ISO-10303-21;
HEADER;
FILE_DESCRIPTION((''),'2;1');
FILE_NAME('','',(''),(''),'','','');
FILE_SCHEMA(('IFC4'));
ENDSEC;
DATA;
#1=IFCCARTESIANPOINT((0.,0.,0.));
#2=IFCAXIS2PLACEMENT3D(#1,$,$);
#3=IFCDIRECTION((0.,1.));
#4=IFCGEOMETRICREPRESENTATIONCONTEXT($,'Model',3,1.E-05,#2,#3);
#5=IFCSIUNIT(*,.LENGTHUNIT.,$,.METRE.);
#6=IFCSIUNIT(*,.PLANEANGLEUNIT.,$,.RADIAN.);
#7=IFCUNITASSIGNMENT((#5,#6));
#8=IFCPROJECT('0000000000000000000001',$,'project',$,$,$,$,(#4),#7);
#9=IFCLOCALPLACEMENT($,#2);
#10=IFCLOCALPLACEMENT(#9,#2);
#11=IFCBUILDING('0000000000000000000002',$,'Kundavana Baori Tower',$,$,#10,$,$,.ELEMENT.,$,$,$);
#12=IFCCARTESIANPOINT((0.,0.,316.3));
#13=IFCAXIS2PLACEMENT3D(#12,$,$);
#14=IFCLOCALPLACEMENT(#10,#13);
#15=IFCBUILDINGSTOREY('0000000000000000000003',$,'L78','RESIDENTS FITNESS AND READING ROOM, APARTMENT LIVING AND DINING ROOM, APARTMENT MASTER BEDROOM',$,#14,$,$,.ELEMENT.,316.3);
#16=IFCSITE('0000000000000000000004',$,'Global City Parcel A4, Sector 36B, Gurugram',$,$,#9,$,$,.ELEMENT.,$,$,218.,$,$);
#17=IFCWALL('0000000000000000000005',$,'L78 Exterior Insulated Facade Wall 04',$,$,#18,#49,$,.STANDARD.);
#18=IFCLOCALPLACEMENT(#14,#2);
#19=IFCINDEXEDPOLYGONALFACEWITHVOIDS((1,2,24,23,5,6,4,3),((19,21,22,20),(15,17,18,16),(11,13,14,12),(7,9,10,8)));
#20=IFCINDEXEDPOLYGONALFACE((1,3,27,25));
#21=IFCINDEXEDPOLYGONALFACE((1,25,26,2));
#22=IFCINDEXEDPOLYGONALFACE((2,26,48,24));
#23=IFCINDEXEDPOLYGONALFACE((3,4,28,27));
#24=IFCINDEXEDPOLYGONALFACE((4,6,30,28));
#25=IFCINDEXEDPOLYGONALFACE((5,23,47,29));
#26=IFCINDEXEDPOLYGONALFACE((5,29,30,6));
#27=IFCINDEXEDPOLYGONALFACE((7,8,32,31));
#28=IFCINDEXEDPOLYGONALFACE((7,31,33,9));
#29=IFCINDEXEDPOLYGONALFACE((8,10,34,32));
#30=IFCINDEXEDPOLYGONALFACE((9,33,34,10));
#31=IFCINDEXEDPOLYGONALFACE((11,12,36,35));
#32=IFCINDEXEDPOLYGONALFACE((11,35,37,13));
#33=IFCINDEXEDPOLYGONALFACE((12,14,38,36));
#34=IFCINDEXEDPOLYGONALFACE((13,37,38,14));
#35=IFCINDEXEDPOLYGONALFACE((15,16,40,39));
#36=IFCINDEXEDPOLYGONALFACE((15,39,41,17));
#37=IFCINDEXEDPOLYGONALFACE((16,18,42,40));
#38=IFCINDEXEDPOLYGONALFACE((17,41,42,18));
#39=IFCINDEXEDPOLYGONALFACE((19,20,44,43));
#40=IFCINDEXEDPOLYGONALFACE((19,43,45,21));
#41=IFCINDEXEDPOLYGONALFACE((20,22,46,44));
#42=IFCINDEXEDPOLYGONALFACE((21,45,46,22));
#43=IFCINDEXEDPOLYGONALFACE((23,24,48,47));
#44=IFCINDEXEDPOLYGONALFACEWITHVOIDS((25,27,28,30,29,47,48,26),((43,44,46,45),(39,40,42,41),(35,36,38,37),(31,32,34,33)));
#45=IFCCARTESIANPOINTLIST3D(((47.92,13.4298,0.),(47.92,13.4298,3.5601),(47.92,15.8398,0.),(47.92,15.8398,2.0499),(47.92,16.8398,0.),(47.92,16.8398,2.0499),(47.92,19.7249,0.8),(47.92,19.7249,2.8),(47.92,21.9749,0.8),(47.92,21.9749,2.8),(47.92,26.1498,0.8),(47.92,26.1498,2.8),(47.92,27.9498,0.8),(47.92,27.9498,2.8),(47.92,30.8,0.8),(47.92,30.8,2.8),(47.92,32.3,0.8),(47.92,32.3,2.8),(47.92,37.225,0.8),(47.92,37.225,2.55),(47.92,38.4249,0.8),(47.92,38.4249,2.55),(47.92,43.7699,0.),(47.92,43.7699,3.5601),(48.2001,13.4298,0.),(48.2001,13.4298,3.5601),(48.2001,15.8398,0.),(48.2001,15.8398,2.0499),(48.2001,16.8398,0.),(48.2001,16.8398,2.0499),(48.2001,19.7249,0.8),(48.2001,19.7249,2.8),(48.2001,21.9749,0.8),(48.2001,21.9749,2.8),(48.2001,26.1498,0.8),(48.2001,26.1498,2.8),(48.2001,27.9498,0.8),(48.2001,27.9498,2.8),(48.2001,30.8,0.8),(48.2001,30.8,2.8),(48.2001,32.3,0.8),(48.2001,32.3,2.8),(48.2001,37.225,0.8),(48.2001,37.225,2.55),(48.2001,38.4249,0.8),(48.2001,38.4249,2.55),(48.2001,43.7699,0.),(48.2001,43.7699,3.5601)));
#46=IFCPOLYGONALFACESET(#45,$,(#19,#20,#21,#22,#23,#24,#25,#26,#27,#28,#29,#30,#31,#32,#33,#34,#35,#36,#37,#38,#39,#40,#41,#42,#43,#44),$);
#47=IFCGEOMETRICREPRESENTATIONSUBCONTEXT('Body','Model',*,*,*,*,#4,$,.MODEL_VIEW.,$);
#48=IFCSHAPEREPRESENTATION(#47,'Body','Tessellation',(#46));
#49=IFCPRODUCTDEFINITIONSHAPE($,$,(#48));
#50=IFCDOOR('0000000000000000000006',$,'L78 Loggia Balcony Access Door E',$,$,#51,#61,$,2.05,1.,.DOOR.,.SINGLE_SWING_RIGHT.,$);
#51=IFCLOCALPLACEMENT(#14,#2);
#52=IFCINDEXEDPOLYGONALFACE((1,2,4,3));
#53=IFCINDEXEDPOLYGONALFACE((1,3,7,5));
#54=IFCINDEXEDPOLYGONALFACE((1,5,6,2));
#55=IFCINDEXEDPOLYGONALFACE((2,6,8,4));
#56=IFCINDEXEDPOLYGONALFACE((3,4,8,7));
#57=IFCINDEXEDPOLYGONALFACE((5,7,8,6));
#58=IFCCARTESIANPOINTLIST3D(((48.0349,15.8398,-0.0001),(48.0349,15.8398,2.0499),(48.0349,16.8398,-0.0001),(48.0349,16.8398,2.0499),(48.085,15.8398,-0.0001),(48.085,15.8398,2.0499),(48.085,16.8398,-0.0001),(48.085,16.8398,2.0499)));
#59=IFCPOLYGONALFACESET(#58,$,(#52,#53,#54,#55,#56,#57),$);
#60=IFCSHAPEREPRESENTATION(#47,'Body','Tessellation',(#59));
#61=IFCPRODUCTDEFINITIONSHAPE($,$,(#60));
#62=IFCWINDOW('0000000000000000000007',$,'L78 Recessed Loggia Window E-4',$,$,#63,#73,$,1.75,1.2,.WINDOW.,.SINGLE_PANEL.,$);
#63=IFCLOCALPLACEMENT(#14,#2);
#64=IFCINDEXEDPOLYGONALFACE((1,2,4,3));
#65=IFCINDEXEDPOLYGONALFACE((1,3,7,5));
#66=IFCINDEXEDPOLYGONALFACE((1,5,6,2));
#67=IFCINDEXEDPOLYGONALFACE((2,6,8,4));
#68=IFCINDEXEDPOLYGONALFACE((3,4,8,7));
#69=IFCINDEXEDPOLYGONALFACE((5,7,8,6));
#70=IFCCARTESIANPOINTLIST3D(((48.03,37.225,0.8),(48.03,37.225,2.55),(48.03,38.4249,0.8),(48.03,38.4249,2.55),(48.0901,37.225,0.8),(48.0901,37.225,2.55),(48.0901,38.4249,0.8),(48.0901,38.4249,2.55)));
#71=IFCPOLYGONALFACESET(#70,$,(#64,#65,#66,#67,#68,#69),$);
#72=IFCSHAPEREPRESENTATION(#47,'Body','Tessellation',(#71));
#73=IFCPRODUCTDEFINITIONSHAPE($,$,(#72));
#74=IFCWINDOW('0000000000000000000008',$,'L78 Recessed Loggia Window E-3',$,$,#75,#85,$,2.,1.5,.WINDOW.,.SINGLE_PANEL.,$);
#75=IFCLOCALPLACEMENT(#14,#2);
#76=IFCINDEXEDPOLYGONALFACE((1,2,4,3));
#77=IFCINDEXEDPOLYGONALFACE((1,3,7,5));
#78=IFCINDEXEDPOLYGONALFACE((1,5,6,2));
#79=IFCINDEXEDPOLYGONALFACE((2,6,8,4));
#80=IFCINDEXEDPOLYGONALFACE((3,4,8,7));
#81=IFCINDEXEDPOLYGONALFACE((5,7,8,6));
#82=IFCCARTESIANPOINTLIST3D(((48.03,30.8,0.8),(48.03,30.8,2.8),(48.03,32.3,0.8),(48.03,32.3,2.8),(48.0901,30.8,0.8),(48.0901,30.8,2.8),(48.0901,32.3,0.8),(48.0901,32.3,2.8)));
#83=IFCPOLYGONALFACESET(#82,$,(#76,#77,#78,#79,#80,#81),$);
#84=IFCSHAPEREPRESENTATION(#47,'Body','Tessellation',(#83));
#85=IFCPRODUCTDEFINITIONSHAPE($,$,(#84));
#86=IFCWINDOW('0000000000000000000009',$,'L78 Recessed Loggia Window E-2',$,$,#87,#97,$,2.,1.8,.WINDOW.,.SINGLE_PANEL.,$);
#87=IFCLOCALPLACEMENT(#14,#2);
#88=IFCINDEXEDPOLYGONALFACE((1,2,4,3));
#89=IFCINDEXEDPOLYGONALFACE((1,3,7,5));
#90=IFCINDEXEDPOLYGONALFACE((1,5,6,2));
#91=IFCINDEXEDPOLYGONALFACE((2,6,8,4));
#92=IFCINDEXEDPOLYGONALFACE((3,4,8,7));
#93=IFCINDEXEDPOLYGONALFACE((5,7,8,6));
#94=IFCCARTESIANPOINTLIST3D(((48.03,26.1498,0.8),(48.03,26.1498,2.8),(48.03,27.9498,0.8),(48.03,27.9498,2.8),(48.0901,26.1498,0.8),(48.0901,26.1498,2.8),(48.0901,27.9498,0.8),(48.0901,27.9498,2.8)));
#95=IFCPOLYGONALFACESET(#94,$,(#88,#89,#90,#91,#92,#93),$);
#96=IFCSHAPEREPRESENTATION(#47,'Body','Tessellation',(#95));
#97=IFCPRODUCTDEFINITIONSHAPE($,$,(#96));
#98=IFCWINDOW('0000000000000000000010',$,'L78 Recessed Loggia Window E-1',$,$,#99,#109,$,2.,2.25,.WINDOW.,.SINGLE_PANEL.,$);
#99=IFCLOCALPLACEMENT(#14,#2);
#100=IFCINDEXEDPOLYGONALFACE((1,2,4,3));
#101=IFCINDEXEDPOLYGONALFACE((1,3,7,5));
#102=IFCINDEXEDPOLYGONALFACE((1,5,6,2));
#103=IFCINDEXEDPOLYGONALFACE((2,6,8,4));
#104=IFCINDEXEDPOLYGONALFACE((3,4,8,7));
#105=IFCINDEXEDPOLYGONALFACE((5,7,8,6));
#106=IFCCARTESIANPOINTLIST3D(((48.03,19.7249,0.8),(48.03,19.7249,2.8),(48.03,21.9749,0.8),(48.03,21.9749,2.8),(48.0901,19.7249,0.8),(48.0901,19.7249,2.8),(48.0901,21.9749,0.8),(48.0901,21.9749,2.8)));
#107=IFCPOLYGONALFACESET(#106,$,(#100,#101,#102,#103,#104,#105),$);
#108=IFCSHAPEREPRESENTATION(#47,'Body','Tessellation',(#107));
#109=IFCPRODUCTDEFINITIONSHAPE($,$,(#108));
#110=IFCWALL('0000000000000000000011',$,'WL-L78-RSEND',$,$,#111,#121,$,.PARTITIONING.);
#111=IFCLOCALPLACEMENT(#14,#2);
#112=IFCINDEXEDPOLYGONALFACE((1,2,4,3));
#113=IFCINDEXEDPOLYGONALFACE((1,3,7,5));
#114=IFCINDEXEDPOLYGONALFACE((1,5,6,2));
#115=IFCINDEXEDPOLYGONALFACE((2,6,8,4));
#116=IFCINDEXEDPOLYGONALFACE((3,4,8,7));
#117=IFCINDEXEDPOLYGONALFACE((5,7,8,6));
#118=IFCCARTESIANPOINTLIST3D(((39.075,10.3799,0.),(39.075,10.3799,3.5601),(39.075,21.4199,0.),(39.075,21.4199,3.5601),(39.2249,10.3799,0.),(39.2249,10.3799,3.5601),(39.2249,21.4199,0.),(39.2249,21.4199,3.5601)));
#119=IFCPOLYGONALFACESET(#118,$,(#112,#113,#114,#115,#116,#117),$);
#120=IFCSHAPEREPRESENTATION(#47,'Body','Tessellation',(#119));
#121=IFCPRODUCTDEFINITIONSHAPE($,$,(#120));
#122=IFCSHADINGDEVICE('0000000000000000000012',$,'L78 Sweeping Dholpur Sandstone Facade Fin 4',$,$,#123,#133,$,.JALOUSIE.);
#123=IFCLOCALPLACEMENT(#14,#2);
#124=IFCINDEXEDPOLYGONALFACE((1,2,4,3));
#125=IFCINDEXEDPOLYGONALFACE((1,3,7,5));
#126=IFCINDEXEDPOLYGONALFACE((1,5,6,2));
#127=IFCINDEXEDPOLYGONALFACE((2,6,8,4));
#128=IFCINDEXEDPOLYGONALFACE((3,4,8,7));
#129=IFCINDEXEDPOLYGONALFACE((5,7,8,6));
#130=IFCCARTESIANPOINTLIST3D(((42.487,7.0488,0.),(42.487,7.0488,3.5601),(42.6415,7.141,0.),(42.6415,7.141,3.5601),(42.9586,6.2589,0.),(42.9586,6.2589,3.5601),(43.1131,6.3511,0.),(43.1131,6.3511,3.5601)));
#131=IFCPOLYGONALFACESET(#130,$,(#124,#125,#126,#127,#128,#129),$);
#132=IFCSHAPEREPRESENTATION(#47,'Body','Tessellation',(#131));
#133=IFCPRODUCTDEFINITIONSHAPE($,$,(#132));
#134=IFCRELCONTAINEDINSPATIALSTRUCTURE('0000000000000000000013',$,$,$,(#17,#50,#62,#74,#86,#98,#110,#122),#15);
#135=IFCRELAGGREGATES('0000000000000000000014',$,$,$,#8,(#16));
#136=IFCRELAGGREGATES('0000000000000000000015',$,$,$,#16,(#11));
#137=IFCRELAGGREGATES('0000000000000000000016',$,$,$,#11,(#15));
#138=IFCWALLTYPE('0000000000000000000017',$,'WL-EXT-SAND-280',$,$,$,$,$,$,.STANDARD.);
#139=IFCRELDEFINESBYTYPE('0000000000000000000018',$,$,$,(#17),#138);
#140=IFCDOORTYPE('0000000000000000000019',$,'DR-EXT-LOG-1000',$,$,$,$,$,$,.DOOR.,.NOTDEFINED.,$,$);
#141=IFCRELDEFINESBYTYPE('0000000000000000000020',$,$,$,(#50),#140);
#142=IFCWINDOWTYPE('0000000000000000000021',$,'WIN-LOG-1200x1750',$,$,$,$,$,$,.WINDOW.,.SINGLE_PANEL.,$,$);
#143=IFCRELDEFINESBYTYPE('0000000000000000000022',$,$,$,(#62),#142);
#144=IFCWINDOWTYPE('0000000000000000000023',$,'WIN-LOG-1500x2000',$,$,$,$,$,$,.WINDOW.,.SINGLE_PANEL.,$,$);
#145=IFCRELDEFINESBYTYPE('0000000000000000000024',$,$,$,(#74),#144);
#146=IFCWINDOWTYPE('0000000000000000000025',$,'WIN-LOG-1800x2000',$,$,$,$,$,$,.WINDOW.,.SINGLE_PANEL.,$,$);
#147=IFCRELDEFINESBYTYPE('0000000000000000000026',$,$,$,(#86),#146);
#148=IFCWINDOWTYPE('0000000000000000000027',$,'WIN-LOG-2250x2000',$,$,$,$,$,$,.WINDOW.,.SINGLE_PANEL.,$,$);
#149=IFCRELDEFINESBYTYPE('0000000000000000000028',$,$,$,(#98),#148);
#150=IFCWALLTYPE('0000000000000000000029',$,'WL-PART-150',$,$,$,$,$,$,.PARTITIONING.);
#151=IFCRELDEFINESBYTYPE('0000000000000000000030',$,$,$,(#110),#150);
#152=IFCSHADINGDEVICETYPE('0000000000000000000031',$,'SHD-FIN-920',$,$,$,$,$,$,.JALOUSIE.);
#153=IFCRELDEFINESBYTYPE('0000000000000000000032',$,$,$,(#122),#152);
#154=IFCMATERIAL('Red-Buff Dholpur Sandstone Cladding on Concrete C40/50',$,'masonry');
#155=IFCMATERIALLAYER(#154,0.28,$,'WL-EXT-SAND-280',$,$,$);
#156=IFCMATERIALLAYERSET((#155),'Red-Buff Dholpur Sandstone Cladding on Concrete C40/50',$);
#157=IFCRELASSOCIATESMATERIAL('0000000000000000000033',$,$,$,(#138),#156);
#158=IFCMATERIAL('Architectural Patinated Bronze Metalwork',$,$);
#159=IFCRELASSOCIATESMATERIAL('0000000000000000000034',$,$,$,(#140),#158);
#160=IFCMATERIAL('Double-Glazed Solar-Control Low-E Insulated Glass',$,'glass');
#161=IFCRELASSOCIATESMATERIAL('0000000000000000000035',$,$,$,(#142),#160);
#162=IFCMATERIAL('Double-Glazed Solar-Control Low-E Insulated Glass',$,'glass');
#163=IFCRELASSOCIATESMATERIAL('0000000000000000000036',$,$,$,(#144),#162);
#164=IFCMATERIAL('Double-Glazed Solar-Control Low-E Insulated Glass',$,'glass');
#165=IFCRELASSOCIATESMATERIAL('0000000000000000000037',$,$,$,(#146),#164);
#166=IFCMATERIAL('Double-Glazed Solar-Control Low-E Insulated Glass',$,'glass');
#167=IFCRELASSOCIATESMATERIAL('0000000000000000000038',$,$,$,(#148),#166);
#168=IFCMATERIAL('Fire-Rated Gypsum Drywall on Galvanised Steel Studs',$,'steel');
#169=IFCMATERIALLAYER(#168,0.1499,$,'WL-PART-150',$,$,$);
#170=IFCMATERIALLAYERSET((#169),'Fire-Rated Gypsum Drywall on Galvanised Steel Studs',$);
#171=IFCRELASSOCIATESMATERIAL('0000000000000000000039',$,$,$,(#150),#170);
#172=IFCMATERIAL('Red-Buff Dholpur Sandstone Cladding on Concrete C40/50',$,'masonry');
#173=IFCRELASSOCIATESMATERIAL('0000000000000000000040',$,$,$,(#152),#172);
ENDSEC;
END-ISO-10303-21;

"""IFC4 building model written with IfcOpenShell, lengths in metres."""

from ifc_helpers import new_model, si_unit, direction, frame, frame_2d, origin, origin_2d, place, context, subcontext, project, spatial, rectangle, extrude, material, layer, layer_set, type_object, element, fill, save


model = new_model("IFC4")

# Units and contexts
model_context = context("Model", 3, precision=1e-05, world=origin(), true_north=direction((0.0, 1.0)))
body_context = subcontext(model_context, "Body", "Model", "MODEL_VIEW")
ifc_project = project(units=[si_unit("LENGTHUNIT", "METRE"), si_unit("PLANEANGLEUNIT", "RADIAN")], contexts=[model_context])

# Site, building, storey
site_placement = place(None, origin())
site = spatial("IfcSite", under=ifc_project, at=site_placement, Name="Global City Parcel A4, Sector 36B, Gurugram", CompositionType="ELEMENT", RefElevation=218.0)
building_placement = place(site_placement, origin())
building = spatial("IfcBuilding", under=site, at=building_placement, Name="Kundavana Baori Tower", CompositionType="ELEMENT")
storey_placement = place(building_placement, frame((0.0, 0.0, 316.3)))
storey = spatial("IfcBuildingStorey", under=building, at=storey_placement, Name="L78", Description="RESIDENTS FITNESS AND READING ROOM, APARTMENT LIVING AND DINING ROOM, APARTMENT MASTER BEDROOM", CompositionType="ELEMENT", Elevation=316.3)

# Shared definitions
ifc_material_1 = material(Name="Red-Buff Dholpur Sandstone Cladding on Concrete C40/50", Category="masonry")
ifc_layer_1 = layer(ifc_material_1, 0.28, Name="WL-EXT-SAND-280")
ifc_layer_set_1 = layer_set([ifc_layer_1], Name="Red-Buff Dholpur Sandstone Cladding on Concrete C40/50")
wall_type_1 = type_object("IfcWallType", Name="WL-EXT-SAND-280", PredefinedType="STANDARD", material=ifc_layer_set_1)

# Wall, openings, door, windows
wall_1_placement = place(storey_placement, frame((48.0601, 13.4299, 0.0), z_axis=(0.0, 0.0, 1.0), x_axis=(0.0, 1.0, 0.0)))
wall_1 = element("IfcWall", 1, at=wall_1_placement, inside=storey, type_object=wall_type_1, Name="L78 Exterior Insulated Facade Wall 04", PredefinedType="STANDARD", context=body_context, shape_type="SweptSolid", body=[
    extrude(rectangle(XDim=30.3401, YDim=0.28, at=frame_2d((15.1699, 0.0))), origin(), (0.0, 0.0, 1.0), 3.5601),
])
opening_1_placement = place(wall_1_placement, frame((2.4099, 0.0, 0.0)))
opening_1 = element("IfcOpeningElement", 2, at=opening_1_placement, cuts=wall_1, PredefinedType="OPENING", context=body_context, shape_type="SweptSolid", body=[
    extrude(rectangle(XDim=1.0, YDim=2.05, at=frame_2d((0.5, 1.0249))), frame((0.0, 0.1499, 0.0), z_axis=(0.0, -1.0, 0.0), x_axis=(1.0, 0.0, 0.0)), (0.0, 0.0, 1.0), 0.3),
])
opening_2_placement = place(wall_1_placement, frame((6.2949, 0.0, 0.8)))
opening_2 = element("IfcOpeningElement", 3, at=opening_2_placement, cuts=wall_1, PredefinedType="OPENING", context=body_context, shape_type="SweptSolid", body=[
    extrude(rectangle(XDim=2.25, YDim=2.0, at=frame_2d((1.125, 1.0))), frame((0.0, 0.1499, 0.0), z_axis=(0.0, -1.0, 0.0), x_axis=(1.0, 0.0, 0.0)), (0.0, 0.0, 1.0), 0.3),
])
opening_3_placement = place(wall_1_placement, frame((12.72, 0.0, 0.8)))
opening_3 = element("IfcOpeningElement", 4, at=opening_3_placement, cuts=wall_1, PredefinedType="OPENING", context=body_context, shape_type="SweptSolid", body=[
    extrude(rectangle(XDim=1.8, YDim=2.0, at=frame_2d((0.8999, 1.0))), frame((0.0, 0.1499, 0.0), z_axis=(0.0, -1.0, 0.0), x_axis=(1.0, 0.0, 0.0)), (0.0, 0.0, 1.0), 0.3),
])
opening_4_placement = place(wall_1_placement, frame((17.3701, 0.0, 0.8)))
opening_4 = element("IfcOpeningElement", 5, at=opening_4_placement, cuts=wall_1, PredefinedType="OPENING", context=body_context, shape_type="SweptSolid", body=[
    extrude(rectangle(XDim=1.5, YDim=2.0, at=frame_2d((0.75, 1.0))), frame((0.0, 0.1499, 0.0), z_axis=(0.0, -1.0, 0.0), x_axis=(1.0, 0.0, 0.0)), (0.0, 0.0, 1.0), 0.3),
])
opening_5_placement = place(wall_1_placement, frame((23.7949, 0.0, 0.8)))
opening_5 = element("IfcOpeningElement", 6, at=opening_5_placement, cuts=wall_1, PredefinedType="OPENING", context=body_context, shape_type="SweptSolid", body=[
    extrude(rectangle(XDim=1.2, YDim=1.75, at=frame_2d((0.6001, 0.875))), frame((0.0, 0.1499, 0.0), z_axis=(0.0, -1.0, 0.0), x_axis=(1.0, 0.0, 0.0)), (0.0, 0.0, 1.0), 0.3),
])
ifc_material_2 = material(Name="Architectural Patinated Bronze Metalwork")
door_type = type_object("IfcDoorType", Name="DR-EXT-LOG-1000", OperationType="NOTDEFINED", PredefinedType="DOOR", material=ifc_material_2)
door_placement = place(opening_1_placement, frame((1.0, 0.0, 0.0), z_axis=(0.0, 0.0, 1.0), x_axis=(-1.0, 0.0, 0.0)))
door = element("IfcDoor", 7, at=door_placement, inside=storey, type_object=door_type, Name="L78 Loggia Balcony Access Door E", OperationType="SINGLE_SWING_RIGHT", OverallHeight=2.05, OverallWidth=1.0, PredefinedType="DOOR", context=body_context, shape_type="SweptSolid", body=[
    extrude(rectangle(XDim=1.0, YDim=2.05, at=frame_2d((0.5, 1.0249))), frame((0.0, 0.0249, 0.0), z_axis=(0.0, -1.0, 0.0), x_axis=(1.0, 0.0, 0.0)), (0.0, 0.0, 1.0), 0.05),
])
fill(opening_1, door)
ifc_material_3 = material(Name="Double-Glazed Solar-Control Low-E Insulated Glass", Category="glass")
window_type_1 = type_object("IfcWindowType", Name="WIN-LOG-1200x1750", PartitioningType="SINGLE_PANEL", PredefinedType="WINDOW", material=ifc_material_3)
window_1_placement = place(opening_5_placement, origin())
window_1 = element("IfcWindow", 8, at=window_1_placement, inside=storey, type_object=window_type_1, Name="L78 Recessed Loggia Window E-4", OverallHeight=1.75, OverallWidth=1.2, PartitioningType="SINGLE_PANEL", PredefinedType="WINDOW", context=body_context, shape_type="SweptSolid", body=[
    extrude(rectangle(XDim=1.2, YDim=1.75, at=frame_2d((0.6001, 0.875))), frame((0.0, 0.03, 0.0), z_axis=(0.0, -1.0, 0.0), x_axis=(1.0, 0.0, 0.0)), (0.0, 0.0, 1.0), 0.0601),
])
fill(opening_5, window_1)
ifc_material_4 = material(Name="Double-Glazed Solar-Control Low-E Insulated Glass", Category="glass")
window_type_2 = type_object("IfcWindowType", Name="WIN-LOG-1500x2000", PartitioningType="SINGLE_PANEL", PredefinedType="WINDOW", material=ifc_material_4)
window_2_placement = place(opening_4_placement, origin())
window_2 = element("IfcWindow", 9, at=window_2_placement, inside=storey, type_object=window_type_2, Name="L78 Recessed Loggia Window E-3", OverallHeight=2.0, OverallWidth=1.5, PartitioningType="SINGLE_PANEL", PredefinedType="WINDOW", context=body_context, shape_type="SweptSolid", body=[
    extrude(rectangle(XDim=1.5, YDim=2.0, at=frame_2d((0.75, 1.0))), frame((0.0, 0.03, 0.0), z_axis=(0.0, -1.0, 0.0), x_axis=(1.0, 0.0, 0.0)), (0.0, 0.0, 1.0), 0.0601),
])
fill(opening_4, window_2)
ifc_material_5 = material(Name="Double-Glazed Solar-Control Low-E Insulated Glass", Category="glass")
window_type_3 = type_object("IfcWindowType", Name="WIN-LOG-1800x2000", PartitioningType="SINGLE_PANEL", PredefinedType="WINDOW", material=ifc_material_5)
window_3_placement = place(opening_3_placement, origin())
window_3 = element("IfcWindow", 10, at=window_3_placement, inside=storey, type_object=window_type_3, Name="L78 Recessed Loggia Window E-2", OverallHeight=2.0, OverallWidth=1.8, PartitioningType="SINGLE_PANEL", PredefinedType="WINDOW", context=body_context, shape_type="SweptSolid", body=[
    extrude(rectangle(XDim=1.8, YDim=2.0, at=frame_2d((0.8999, 1.0))), frame((0.0, 0.03, 0.0), z_axis=(0.0, -1.0, 0.0), x_axis=(1.0, 0.0, 0.0)), (0.0, 0.0, 1.0), 0.0601),
])
fill(opening_3, window_3)
ifc_material_6 = material(Name="Double-Glazed Solar-Control Low-E Insulated Glass", Category="glass")
window_type_4 = type_object("IfcWindowType", Name="WIN-LOG-2250x2000", PartitioningType="SINGLE_PANEL", PredefinedType="WINDOW", material=ifc_material_6)
window_4_placement = place(opening_2_placement, origin())
window_4 = element("IfcWindow", 11, at=window_4_placement, inside=storey, type_object=window_type_4, Name="L78 Recessed Loggia Window E-1", OverallHeight=2.0, OverallWidth=2.25, PartitioningType="SINGLE_PANEL", PredefinedType="WINDOW", context=body_context, shape_type="SweptSolid", body=[
    extrude(rectangle(XDim=2.25, YDim=2.0, at=frame_2d((1.125, 1.0))), frame((0.0, 0.03, 0.0), z_axis=(0.0, -1.0, 0.0), x_axis=(1.0, 0.0, 0.0)), (0.0, 0.0, 1.0), 0.0601),
])
fill(opening_2, window_4)

# Wall
ifc_material_7 = material(Name="Fire-Rated Gypsum Drywall on Galvanised Steel Studs", Category="steel")
ifc_layer_2 = layer(ifc_material_7, 0.1499, Name="WL-PART-150")
ifc_layer_set_2 = layer_set([ifc_layer_2], Name="Fire-Rated Gypsum Drywall on Galvanised Steel Studs")
wall_type_2 = type_object("IfcWallType", Name="WL-PART-150", PredefinedType="PARTITIONING", material=ifc_layer_set_2)
wall_2_placement = place(storey_placement, frame((39.1499, 10.3799, 0.0), z_axis=(0.0, 0.0, 1.0), x_axis=(0.0, 1.0, 0.0)))
element("IfcWall", 12, at=wall_2_placement, inside=storey, type_object=wall_type_2, Name="WL-L78-RSEND", PredefinedType="PARTITIONING", context=body_context, shape_type="SweptSolid", body=[
    extrude(rectangle(XDim=11.04, YDim=0.1499, at=frame_2d((5.52, 0.0))), origin(), (0.0, 0.0, 1.0), 3.5601),
])

# Shading device
ifc_material_8 = material(Name="Red-Buff Dholpur Sandstone Cladding on Concrete C40/50", Category="masonry")
shading_device_type = type_object("IfcShadingDeviceType", Name="SHD-FIN-920", PredefinedType="JALOUSIE", material=ifc_material_8)
shading_device_placement = place(storey_placement, frame((42.8, 6.7, 0.0), z_axis=(0.0, 0.0, 1.0), x_axis=(0.858602, 0.512642, 0.0)))
element("IfcShadingDevice", 13, at=shading_device_placement, inside=storey, type_object=shading_device_type, Name="L78 Sweeping Dholpur Sandstone Facade Fin 4", PredefinedType="JALOUSIE", context=body_context, shape_type="SweptSolid", body=[
    extrude(rectangle(XDim=0.1799, YDim=0.9199, at=origin_2d()), origin(), (0.0, 0.0, 1.0), 3.5601),
])

save(model, "model.ifc")
